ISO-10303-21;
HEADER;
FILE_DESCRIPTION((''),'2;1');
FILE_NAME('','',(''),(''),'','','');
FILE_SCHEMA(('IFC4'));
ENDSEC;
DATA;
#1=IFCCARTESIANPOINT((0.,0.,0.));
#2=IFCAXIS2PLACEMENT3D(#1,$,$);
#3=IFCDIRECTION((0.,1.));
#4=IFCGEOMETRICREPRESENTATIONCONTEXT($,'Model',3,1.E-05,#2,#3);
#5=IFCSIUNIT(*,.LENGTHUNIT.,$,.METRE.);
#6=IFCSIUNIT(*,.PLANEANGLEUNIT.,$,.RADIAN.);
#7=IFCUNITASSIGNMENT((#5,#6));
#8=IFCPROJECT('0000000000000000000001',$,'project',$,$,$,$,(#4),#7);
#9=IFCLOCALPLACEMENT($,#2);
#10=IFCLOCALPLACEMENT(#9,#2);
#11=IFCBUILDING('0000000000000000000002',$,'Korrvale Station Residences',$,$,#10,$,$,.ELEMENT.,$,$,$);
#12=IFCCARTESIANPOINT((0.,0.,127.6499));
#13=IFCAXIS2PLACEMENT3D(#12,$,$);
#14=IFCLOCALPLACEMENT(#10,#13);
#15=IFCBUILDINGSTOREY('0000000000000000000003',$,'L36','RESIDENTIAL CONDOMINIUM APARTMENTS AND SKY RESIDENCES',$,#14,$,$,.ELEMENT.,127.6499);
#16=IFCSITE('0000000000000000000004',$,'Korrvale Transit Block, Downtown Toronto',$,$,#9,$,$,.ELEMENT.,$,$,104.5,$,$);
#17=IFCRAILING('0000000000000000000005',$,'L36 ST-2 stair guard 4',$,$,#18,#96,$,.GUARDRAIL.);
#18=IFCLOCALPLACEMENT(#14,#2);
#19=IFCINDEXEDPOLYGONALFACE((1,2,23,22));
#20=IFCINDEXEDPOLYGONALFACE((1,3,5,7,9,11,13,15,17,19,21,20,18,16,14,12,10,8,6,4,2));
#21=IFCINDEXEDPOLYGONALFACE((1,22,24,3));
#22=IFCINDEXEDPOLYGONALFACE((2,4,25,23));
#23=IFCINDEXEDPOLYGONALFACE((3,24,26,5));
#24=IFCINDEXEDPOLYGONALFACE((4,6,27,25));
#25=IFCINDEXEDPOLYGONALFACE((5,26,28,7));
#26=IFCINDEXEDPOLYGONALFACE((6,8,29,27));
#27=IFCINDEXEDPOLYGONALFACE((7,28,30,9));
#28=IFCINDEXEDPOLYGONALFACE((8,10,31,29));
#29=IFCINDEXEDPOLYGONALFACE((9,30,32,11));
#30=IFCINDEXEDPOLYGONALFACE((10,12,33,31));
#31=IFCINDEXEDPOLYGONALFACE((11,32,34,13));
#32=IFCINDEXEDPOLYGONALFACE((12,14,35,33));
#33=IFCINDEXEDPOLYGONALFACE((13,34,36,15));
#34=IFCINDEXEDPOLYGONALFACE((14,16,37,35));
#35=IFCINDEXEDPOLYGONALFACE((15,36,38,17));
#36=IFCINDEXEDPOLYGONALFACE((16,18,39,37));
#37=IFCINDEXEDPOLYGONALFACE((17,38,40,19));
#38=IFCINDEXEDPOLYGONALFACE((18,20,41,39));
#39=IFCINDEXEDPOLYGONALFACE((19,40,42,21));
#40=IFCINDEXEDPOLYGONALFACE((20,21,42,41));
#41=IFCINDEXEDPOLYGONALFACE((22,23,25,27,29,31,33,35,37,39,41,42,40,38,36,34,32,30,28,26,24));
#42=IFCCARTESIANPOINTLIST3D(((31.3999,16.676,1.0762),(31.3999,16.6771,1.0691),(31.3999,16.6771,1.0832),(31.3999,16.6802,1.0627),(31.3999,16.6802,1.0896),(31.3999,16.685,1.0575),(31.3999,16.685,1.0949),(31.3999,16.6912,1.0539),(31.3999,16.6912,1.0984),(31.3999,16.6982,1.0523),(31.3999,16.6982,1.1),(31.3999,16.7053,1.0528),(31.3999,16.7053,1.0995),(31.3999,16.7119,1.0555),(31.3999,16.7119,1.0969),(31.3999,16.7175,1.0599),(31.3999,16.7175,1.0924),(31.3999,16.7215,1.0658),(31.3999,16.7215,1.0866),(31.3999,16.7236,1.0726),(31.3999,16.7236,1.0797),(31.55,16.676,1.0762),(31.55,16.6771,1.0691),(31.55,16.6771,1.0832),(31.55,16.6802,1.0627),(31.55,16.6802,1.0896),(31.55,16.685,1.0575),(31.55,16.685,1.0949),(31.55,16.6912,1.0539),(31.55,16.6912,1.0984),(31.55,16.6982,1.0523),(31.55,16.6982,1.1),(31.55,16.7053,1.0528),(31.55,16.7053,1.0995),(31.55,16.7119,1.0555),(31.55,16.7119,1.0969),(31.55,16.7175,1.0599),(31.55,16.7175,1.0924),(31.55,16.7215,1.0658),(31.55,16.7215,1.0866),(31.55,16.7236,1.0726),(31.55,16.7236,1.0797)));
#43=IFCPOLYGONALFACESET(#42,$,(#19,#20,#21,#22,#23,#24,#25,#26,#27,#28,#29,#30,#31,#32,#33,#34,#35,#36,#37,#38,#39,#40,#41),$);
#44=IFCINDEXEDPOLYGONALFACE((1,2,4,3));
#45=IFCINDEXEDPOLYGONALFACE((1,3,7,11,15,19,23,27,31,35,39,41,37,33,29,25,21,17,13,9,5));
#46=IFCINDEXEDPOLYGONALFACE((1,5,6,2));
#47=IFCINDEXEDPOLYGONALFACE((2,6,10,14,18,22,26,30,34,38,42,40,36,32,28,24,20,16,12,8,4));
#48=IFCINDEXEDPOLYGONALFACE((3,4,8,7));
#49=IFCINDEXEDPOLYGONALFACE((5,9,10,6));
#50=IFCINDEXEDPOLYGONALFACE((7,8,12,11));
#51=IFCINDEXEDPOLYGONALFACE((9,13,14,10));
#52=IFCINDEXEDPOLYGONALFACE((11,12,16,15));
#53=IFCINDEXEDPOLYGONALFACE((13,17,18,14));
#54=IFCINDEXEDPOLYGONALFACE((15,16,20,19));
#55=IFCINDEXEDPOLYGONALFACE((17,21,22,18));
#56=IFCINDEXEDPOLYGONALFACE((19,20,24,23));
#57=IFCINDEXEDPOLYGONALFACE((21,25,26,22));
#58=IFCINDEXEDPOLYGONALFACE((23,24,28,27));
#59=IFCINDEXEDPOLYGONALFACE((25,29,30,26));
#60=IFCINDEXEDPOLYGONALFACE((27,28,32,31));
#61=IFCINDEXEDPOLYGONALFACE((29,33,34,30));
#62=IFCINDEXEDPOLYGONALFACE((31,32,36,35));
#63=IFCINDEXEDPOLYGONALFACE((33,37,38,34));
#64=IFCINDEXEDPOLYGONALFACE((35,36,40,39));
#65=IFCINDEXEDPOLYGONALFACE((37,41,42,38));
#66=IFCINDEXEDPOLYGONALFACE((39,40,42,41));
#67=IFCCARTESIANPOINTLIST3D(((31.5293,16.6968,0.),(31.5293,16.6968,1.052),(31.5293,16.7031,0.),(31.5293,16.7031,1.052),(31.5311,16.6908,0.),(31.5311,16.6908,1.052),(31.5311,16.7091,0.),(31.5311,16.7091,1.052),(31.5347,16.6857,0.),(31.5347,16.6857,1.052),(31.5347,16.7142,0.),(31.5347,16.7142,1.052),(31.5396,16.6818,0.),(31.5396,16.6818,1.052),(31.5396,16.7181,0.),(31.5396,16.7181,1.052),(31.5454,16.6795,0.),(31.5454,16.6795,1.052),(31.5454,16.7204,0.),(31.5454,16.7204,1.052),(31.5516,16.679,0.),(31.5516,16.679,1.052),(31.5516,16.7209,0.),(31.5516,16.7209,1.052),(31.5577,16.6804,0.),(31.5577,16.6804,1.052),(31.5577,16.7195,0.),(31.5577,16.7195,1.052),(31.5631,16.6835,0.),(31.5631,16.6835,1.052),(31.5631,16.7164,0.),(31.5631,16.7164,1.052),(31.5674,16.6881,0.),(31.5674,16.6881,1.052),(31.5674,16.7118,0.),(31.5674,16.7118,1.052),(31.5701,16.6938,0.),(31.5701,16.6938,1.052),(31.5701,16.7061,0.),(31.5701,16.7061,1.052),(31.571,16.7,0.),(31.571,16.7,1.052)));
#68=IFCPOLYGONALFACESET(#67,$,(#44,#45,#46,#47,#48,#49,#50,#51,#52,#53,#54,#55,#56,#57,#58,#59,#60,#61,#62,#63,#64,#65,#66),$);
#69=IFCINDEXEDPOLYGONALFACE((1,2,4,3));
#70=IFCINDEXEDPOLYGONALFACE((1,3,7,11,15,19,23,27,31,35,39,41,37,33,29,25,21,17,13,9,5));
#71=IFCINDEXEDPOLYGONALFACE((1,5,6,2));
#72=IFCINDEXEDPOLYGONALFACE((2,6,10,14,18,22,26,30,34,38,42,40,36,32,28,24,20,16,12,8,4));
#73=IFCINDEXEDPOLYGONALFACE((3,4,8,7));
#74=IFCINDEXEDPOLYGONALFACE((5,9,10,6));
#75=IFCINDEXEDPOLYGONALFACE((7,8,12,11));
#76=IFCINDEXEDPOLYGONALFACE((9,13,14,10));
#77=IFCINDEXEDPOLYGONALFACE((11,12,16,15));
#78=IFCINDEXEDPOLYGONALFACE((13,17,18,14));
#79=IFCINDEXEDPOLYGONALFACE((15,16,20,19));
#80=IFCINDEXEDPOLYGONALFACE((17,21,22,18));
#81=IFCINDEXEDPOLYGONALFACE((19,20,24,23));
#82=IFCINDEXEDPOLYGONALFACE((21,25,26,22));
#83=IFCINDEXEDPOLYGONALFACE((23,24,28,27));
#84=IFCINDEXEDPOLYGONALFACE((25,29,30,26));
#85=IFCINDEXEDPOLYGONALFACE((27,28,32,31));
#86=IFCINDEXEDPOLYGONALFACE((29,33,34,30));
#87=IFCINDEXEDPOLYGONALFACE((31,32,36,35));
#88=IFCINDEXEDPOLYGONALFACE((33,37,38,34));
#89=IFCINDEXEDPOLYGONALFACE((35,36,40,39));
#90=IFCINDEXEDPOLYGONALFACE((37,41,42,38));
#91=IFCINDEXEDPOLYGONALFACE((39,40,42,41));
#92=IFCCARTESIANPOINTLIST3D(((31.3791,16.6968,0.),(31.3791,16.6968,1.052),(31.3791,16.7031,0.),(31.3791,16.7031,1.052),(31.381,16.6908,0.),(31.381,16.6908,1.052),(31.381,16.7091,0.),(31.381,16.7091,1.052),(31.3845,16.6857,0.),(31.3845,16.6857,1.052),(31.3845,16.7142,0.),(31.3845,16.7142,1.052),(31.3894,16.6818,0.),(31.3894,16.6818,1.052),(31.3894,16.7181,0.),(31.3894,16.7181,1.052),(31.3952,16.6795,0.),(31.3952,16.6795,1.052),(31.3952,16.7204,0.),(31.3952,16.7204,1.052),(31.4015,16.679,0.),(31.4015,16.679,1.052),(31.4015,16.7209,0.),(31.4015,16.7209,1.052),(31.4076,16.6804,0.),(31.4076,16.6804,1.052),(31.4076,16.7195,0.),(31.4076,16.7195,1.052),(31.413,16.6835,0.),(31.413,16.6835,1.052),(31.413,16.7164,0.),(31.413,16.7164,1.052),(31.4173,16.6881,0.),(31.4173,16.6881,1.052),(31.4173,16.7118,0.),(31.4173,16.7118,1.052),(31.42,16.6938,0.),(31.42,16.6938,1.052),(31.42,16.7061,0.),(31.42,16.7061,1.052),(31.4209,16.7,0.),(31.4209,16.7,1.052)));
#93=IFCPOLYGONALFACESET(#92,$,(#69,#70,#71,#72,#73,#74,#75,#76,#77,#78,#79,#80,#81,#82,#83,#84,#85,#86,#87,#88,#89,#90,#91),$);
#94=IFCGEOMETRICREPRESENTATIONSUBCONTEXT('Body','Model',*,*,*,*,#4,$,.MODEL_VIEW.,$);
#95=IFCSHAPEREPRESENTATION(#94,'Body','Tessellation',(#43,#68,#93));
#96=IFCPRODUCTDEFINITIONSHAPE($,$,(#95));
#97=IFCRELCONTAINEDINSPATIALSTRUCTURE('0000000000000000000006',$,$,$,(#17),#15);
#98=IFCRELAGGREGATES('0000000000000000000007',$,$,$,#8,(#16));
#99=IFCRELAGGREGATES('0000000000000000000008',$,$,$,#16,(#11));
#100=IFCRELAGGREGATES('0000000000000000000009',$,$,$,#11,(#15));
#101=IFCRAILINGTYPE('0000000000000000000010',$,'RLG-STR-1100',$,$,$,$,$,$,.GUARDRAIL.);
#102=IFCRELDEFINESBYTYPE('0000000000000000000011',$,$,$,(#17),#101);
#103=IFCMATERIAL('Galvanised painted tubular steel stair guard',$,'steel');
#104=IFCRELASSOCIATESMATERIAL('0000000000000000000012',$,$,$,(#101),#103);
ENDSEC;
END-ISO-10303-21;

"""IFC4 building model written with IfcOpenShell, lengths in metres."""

from ifc_helpers import new_model, si_unit, direction, frame, origin, origin_2d, place, context, subcontext, project, spatial, circle, extrude, material, type_object, element, save


model = new_model("IFC4")

# Units and contexts
model_context = context("Model", 3, precision=1e-05, world=origin(), true_north=direction((0.0, 1.0)))
body_context = subcontext(model_context, "Body", "Model", "MODEL_VIEW")
ifc_project = project(units=[si_unit("LENGTHUNIT", "METRE"), si_unit("PLANEANGLEUNIT", "RADIAN")], contexts=[model_context])

# Site, building, storey
site_placement = place(None, origin())
site = spatial("IfcSite", under=ifc_project, at=site_placement, Name="Korrvale Transit Block, Downtown Toronto", CompositionType="ELEMENT", RefElevation=104.5)
building_placement = place(site_placement, origin())
building = spatial("IfcBuilding", under=site, at=building_placement, Name="Korrvale Station Residences", CompositionType="ELEMENT")
storey_placement = place(building_placement, frame((0.0, 0.0, 127.6499)))
storey = spatial("IfcBuildingStorey", under=building, at=storey_placement, Name="L36", Description="RESIDENTIAL CONDOMINIUM APARTMENTS AND SKY RESIDENCES", CompositionType="ELEMENT", Elevation=127.6499)

# Railing
ifc_material_1 = material(Name="Galvanised painted tubular steel stair guard", Category="steel")
railing_type_1 = type_object("IfcRailingType", Name="RLG-STR-1100", PredefinedType="GUARDRAIL", material=ifc_material_1)
railing_1_placement = place(storey_placement, frame((31.55, 16.7, 0.0)))
element("IfcRailing", 1, at=railing_1_placement, inside=storey, type_object=railing_type_1, Name="L36 ST-2 stair guard 4", PredefinedType="GUARDRAIL", context=body_context, shape_type="SweptSolid", body=[
    extrude(circle(Radius=0.0239, at=origin_2d()), frame((0.0, 0.0, 1.0762), z_axis=(-1.0, 0.0, 0.0), x_axis=(0.0, -1.0, 0.0)), (0.0, 0.0, 1.0), 0.1501),
    extrude(circle(Radius=0.021, at=origin_2d()), origin(), (0.0, 0.0, 1.0), 1.052),
    extrude(circle(Radius=0.021, at=origin_2d()), frame((-0.1501, 0.0, 0.0)), (0.0, 0.0, 1.0), 1.052),
])

save(model, "model.ifc")
